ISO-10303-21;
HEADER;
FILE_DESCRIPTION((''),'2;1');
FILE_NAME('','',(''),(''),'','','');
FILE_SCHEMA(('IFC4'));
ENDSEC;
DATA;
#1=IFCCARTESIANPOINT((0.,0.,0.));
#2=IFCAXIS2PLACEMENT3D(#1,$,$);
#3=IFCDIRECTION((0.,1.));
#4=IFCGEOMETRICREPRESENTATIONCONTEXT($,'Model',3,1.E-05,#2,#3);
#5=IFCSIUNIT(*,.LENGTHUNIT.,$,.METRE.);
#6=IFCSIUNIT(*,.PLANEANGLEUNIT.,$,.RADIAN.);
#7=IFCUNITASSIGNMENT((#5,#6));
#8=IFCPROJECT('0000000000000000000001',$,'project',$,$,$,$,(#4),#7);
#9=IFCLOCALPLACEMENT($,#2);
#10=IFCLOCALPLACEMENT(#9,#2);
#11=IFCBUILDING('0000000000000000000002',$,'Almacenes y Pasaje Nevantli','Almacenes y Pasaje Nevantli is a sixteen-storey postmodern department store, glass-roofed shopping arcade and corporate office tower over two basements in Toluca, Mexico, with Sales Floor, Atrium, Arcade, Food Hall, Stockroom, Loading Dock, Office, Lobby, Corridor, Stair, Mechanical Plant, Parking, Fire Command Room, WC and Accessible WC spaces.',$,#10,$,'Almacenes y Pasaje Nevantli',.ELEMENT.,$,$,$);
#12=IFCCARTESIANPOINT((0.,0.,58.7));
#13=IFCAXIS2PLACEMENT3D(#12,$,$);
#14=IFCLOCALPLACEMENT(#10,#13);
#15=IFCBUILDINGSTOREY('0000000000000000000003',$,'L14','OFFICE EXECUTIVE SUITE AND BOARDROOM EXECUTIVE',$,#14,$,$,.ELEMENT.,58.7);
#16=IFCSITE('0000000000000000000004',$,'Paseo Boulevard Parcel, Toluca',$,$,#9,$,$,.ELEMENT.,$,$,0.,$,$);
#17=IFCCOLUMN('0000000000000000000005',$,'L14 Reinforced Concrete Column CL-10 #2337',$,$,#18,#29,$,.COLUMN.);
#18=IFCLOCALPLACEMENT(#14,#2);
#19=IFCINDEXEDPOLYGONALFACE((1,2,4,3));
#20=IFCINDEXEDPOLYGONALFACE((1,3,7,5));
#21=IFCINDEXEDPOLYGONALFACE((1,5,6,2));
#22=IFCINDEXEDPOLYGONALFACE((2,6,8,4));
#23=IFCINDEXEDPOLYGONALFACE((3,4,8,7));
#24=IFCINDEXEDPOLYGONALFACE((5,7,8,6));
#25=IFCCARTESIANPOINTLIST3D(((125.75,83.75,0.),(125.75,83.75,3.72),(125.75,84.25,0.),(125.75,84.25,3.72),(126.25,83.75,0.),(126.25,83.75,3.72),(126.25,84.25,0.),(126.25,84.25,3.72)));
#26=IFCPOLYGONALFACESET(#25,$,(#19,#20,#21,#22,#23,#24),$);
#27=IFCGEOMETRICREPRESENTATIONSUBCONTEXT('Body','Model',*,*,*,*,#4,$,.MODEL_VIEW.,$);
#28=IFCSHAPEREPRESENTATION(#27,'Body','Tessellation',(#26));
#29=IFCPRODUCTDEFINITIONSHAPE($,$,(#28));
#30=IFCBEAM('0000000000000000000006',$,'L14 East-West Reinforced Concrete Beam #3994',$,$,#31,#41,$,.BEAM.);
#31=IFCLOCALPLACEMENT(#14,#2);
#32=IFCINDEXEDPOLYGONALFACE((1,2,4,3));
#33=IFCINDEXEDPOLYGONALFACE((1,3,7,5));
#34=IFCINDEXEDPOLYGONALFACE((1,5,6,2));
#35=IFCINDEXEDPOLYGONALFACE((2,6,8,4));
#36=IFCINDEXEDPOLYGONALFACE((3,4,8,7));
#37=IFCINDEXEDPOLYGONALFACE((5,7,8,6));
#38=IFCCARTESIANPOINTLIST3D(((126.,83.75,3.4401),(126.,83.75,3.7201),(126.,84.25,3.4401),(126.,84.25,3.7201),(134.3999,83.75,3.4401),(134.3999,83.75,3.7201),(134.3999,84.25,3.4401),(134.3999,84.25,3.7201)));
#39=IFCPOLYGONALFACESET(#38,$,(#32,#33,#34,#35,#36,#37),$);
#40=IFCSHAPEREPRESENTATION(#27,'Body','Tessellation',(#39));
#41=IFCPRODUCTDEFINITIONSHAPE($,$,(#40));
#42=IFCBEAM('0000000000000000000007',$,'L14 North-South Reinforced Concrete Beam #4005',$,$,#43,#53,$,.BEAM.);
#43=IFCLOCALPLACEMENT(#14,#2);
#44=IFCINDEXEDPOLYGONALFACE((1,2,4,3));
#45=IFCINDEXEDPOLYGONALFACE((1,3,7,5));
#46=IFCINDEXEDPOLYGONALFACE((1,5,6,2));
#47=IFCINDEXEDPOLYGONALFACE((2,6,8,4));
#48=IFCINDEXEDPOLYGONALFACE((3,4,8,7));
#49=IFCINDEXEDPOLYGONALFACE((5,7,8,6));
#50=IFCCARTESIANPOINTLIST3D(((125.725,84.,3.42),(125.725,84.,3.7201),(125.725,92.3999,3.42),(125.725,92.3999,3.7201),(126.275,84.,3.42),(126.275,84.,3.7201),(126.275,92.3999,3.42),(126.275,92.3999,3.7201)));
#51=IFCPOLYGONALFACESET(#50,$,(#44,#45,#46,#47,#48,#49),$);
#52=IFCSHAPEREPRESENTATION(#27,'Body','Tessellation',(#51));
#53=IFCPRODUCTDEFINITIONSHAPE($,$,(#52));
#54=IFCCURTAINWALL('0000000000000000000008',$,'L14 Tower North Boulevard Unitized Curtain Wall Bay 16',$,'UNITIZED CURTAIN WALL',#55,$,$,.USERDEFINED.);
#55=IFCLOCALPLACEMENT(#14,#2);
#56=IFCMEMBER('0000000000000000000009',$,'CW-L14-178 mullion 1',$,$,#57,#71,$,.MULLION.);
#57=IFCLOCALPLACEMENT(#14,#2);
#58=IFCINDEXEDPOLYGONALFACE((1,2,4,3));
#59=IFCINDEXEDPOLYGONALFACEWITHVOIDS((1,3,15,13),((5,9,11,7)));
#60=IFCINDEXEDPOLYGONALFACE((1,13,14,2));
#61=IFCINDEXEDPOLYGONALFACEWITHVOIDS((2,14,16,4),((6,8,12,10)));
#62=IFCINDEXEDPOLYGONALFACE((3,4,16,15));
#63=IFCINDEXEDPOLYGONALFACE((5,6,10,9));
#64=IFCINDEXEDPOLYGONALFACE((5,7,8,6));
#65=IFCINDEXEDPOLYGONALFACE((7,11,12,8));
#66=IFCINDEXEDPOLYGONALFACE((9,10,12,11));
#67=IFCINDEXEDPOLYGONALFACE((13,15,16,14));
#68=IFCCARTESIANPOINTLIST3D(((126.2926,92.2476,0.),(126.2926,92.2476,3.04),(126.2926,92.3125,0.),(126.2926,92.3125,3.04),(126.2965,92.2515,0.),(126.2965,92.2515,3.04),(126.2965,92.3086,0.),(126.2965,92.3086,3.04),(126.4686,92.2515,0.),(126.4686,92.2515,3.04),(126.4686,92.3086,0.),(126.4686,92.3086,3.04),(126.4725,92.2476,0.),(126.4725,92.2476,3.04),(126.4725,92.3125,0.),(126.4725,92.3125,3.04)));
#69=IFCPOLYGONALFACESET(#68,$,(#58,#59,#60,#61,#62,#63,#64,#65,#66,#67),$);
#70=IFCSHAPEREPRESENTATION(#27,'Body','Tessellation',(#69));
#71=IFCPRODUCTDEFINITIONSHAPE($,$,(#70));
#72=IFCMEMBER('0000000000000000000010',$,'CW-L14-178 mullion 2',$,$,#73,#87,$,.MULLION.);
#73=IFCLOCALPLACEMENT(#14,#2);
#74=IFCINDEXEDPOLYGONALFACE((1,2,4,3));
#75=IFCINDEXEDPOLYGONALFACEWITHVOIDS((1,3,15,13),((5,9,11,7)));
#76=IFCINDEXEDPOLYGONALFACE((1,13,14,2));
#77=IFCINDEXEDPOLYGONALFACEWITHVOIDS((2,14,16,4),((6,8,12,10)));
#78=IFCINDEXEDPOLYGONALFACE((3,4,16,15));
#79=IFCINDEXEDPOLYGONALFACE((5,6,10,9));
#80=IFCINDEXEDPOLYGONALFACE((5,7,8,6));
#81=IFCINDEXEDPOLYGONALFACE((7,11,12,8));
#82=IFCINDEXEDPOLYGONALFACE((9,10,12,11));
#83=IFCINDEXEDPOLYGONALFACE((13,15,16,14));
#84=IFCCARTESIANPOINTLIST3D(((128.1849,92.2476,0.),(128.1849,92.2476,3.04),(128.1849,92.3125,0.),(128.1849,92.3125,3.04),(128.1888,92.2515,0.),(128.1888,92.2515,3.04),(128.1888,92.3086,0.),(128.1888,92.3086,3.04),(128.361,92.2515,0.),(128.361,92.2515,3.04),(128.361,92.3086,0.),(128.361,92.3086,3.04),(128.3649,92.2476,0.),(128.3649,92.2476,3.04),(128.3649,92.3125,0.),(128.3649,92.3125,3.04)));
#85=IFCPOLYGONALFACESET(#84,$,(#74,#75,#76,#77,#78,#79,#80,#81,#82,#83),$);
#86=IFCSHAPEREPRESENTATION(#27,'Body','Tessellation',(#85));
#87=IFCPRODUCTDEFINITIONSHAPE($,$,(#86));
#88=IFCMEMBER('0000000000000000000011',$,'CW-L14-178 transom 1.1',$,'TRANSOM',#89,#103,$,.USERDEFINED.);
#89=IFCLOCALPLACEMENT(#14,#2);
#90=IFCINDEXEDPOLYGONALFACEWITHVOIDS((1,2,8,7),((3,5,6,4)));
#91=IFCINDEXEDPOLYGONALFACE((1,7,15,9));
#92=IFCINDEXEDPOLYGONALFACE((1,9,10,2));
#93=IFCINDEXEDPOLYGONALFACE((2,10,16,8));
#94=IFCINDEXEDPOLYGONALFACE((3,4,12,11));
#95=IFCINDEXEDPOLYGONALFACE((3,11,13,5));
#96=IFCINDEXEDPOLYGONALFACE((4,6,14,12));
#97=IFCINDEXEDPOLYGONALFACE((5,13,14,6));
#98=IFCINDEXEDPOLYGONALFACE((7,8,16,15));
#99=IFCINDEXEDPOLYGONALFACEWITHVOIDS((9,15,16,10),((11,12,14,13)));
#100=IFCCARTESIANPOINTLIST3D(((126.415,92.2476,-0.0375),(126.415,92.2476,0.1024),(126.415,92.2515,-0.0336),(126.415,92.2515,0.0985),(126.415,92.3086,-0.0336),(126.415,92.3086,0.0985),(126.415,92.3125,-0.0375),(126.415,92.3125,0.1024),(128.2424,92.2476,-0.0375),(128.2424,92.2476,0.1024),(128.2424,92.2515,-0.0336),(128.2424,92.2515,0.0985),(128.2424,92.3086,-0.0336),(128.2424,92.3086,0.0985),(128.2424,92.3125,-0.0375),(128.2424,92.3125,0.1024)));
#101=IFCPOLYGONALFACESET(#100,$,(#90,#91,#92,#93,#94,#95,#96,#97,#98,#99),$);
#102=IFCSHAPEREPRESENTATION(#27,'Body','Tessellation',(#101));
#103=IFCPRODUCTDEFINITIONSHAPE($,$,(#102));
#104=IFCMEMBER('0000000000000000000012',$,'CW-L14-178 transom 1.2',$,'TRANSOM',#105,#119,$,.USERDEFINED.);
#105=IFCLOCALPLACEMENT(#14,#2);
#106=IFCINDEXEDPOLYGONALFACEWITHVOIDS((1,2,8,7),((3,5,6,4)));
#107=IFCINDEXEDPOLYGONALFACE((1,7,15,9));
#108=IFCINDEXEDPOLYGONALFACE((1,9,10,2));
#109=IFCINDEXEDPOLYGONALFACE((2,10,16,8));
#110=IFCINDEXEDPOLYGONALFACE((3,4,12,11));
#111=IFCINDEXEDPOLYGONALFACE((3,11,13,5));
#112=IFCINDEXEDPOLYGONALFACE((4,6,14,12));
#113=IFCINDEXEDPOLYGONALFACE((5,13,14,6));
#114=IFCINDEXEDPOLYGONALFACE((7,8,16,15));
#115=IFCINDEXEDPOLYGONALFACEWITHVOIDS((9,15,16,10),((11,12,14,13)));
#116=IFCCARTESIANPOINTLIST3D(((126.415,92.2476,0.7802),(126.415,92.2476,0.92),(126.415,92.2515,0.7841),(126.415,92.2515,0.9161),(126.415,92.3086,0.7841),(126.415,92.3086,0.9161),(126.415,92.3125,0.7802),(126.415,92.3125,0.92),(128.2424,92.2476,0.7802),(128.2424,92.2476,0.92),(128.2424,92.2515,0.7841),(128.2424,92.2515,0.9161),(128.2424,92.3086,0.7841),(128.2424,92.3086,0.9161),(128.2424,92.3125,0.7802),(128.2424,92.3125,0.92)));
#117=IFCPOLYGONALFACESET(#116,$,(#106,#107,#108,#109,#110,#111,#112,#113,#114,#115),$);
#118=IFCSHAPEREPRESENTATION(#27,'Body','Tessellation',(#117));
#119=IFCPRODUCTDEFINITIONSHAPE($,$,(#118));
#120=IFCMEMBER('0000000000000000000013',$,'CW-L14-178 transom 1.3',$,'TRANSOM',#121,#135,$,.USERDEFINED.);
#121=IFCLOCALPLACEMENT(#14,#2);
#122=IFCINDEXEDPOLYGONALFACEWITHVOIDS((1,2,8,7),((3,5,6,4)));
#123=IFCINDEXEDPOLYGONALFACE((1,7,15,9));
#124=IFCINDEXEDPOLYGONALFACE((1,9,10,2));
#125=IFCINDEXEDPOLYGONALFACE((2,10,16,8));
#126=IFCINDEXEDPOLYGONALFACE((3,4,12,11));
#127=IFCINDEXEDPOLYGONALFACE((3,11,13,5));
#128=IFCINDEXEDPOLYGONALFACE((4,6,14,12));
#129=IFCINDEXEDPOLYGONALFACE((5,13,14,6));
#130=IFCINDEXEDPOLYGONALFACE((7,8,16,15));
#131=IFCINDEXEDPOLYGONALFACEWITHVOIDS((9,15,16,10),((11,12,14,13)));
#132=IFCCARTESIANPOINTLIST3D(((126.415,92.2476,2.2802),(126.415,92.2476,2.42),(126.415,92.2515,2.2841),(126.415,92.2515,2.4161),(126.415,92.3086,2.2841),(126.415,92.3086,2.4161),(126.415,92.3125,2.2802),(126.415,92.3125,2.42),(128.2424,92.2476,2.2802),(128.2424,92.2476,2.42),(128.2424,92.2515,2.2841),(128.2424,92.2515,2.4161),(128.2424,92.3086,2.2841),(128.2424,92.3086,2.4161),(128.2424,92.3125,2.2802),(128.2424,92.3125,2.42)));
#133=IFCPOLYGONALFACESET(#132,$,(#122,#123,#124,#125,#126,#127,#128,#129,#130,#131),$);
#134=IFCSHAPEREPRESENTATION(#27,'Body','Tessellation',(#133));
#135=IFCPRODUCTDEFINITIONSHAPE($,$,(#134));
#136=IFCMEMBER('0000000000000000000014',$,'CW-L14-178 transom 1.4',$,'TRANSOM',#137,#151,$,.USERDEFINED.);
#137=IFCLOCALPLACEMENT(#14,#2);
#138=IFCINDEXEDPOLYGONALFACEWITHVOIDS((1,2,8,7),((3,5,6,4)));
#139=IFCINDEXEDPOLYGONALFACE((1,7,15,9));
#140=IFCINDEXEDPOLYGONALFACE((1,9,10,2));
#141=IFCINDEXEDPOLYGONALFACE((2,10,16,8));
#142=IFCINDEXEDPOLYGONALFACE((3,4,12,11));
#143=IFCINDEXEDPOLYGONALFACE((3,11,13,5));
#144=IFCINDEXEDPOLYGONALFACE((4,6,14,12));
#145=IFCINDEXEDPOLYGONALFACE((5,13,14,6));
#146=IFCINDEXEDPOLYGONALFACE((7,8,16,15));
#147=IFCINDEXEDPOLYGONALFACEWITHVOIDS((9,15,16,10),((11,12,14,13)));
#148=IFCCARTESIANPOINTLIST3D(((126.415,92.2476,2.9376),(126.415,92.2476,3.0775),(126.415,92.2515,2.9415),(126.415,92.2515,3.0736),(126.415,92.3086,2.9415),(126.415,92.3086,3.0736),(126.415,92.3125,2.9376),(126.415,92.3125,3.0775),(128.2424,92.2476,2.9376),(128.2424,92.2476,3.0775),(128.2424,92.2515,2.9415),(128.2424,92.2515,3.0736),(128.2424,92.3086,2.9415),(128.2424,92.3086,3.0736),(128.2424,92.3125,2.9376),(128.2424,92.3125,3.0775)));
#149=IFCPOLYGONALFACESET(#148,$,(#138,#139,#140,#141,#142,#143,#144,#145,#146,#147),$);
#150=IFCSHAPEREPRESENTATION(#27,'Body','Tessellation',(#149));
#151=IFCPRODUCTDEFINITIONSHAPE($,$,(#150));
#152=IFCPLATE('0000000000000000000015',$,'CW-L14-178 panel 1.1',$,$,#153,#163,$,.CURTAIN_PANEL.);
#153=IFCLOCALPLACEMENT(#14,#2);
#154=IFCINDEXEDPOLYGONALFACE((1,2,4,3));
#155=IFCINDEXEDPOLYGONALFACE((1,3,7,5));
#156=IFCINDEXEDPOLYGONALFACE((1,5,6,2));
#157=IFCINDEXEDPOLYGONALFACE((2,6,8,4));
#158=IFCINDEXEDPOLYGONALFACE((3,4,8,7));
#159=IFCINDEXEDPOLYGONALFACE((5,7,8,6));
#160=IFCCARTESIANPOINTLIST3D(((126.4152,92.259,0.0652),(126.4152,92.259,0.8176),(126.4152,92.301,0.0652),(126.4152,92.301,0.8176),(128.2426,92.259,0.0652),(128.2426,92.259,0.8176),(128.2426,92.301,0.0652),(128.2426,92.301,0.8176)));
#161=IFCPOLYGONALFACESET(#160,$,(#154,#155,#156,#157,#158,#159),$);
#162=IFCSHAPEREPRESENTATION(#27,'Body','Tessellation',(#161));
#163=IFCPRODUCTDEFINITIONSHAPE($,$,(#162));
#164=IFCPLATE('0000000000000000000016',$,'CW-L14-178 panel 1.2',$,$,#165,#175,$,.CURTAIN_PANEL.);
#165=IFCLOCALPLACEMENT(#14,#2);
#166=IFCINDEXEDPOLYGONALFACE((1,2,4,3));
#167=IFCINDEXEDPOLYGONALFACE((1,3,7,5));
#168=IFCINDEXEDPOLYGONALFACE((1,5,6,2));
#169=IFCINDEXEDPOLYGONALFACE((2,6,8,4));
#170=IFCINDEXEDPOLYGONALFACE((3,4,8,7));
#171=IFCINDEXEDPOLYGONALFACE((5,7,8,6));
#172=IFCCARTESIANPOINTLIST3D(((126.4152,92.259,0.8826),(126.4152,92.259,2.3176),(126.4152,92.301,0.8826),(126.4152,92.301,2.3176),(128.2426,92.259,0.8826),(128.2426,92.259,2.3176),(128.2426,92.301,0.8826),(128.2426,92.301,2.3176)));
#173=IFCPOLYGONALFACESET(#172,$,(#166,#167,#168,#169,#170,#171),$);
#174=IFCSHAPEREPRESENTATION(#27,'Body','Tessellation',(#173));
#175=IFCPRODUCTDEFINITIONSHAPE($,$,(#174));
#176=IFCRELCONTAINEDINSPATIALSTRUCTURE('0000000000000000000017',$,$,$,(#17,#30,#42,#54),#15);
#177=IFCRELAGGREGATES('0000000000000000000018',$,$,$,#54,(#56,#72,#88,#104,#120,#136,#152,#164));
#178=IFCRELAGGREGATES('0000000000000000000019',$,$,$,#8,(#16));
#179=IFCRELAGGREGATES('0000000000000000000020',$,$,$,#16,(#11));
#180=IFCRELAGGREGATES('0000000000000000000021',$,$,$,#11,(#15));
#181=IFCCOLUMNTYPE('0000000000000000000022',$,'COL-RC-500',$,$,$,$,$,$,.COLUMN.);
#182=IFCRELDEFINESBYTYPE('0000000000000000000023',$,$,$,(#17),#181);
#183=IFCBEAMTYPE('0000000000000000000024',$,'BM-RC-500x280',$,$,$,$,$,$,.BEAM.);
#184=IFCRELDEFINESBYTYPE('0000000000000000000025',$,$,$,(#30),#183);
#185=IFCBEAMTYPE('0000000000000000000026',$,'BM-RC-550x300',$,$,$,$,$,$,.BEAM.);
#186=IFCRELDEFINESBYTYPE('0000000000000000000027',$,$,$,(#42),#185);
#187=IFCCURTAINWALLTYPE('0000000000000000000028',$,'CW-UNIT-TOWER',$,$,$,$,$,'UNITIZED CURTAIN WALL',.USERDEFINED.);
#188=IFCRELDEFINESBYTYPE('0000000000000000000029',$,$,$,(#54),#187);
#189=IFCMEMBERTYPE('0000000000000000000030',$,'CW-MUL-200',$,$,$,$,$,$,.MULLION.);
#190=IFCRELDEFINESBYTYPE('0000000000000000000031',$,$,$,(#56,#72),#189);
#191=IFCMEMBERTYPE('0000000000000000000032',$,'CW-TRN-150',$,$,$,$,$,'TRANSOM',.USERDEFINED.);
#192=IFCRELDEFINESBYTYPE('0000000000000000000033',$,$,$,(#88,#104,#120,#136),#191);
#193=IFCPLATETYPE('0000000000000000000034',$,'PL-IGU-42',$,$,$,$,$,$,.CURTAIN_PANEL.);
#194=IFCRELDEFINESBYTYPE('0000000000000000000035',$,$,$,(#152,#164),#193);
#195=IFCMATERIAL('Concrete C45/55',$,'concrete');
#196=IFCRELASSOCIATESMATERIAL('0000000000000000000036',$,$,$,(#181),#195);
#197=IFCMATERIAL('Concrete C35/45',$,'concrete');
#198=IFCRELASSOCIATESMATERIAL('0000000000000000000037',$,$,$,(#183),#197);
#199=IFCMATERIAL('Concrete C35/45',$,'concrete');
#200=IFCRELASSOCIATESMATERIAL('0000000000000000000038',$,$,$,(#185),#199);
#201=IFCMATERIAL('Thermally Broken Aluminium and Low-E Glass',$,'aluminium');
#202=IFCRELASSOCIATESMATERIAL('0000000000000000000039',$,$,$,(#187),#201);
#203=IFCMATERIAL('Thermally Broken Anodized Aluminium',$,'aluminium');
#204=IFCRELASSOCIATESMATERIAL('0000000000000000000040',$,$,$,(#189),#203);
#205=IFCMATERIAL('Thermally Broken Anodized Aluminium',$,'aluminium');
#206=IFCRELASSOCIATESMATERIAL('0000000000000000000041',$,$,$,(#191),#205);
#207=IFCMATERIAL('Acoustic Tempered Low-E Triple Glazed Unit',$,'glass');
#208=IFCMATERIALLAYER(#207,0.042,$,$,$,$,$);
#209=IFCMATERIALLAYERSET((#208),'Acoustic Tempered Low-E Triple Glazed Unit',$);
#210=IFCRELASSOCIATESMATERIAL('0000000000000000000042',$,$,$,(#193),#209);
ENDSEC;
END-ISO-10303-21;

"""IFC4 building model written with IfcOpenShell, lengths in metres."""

from ifc_helpers import new_model, si_unit, direction, frame, origin, origin_2d, place, context, subcontext, project, spatial, rectangle, hollow_rectangle, extrude, material, layer, layer_set, material_profile, profile_set, type_object, element, aggregate, save


model = new_model("IFC4")

# Units and contexts
model_context = context("Model", 3, precision=1e-05, world=origin(), true_north=direction((0.0, 1.0)))
body_context = subcontext(model_context, "Body", "Model", "MODEL_VIEW")
ifc_project = project(units=[si_unit("LENGTHUNIT", "METRE"), si_unit("PLANEANGLEUNIT", "RADIAN")], contexts=[model_context])

# Site, building, storey
site_placement = place(None, origin())
site = spatial("IfcSite", under=ifc_project, at=site_placement, Name="Paseo Boulevard Parcel, Toluca", CompositionType="ELEMENT", RefElevation=0.0)
building_placement = place(site_placement, origin())
building = spatial("IfcBuilding", under=site, at=building_placement, Name="Almacenes y Pasaje Nevantli", Description="Almacenes y Pasaje Nevantli is a sixteen-storey postmodern department store, glass-roofed shopping arcade and corporate office tower over two basements in Toluca, Mexico, with Sales Floor, Atrium, Arcade, Food Hall, Stockroom, Loading Dock, Office, Lobby, Corridor, Stair, Mechanical Plant, Parking, Fire Command Room, WC and Accessible WC spaces.", LongName="Almacenes y Pasaje Nevantli", CompositionType="ELEMENT")
storey_placement = place(building_placement, frame((0.0, 0.0, 58.7)))
storey = spatial("IfcBuildingStorey", under=building, at=storey_placement, Name="L14", Description="OFFICE EXECUTIVE SUITE AND BOARDROOM EXECUTIVE", CompositionType="ELEMENT", Elevation=58.7)

# Column
ifc_material_1 = material(Name="Concrete C45/55", Category="concrete")
ifc_material_profile_1 = material_profile(ifc_material_1, rectangle(XDim=0.5, YDim=0.5, at=origin_2d()), Name="RC-COL-500x500")
ifc_profile_set_1 = profile_set([ifc_material_profile_1], Name="Concrete C45/55")
column_type = type_object("IfcColumnType", Name="COL-RC-500", PredefinedType="COLUMN", material=ifc_profile_set_1)
column_placement = place(storey_placement, frame((126.0, 84.0, 0.0), z_axis=(0.0, 0.0, 1.0), x_axis=(1.0, 0.0, 0.0)))
element("IfcColumn", 1, at=column_placement, inside=storey, type_object=column_type, Name="L14 Reinforced Concrete Column CL-10 #2337", PredefinedType="COLUMN", context=body_context, shape_type="SweptSolid", body=[
    extrude(rectangle(XDim=0.5, YDim=0.5, at=origin_2d()), origin(), (0.0, 0.0, 1.0), 3.72),
])

# Beams
ifc_material_2 = material(Name="Concrete C35/45", Category="concrete")
ifc_material_profile_2 = material_profile(ifc_material_2, rectangle(XDim=0.5, YDim=0.28, at=origin_2d()), Name="RC-BM-500x280")
ifc_profile_set_2 = profile_set([ifc_material_profile_2], Name="Concrete C35/45")
beam_type_1 = type_object("IfcBeamType", Name="BM-RC-500x280", PredefinedType="BEAM", material=ifc_profile_set_2)
beam_1_placement = place(storey_placement, frame((126.0, 84.0, 3.5801), z_axis=(1.0, 0.0, 0.0), x_axis=(0.0, 1.0, 0.0)))
element("IfcBeam", 2, at=beam_1_placement, inside=storey, type_object=beam_type_1, Name="L14 East-West Reinforced Concrete Beam #3994", PredefinedType="BEAM", context=body_context, shape_type="SweptSolid", body=[
    extrude(rectangle(XDim=0.5, YDim=0.28, at=origin_2d()), origin(), (0.0, 0.0, 1.0), 8.3999),
])
ifc_material_3 = material(Name="Concrete C35/45", Category="concrete")
ifc_material_profile_3 = material_profile(ifc_material_3, rectangle(XDim=0.55, YDim=0.3, at=origin_2d()), Name="RC-BM-550x300")
ifc_profile_set_3 = profile_set([ifc_material_profile_3], Name="Concrete C35/45")
beam_type_2 = type_object("IfcBeamType", Name="BM-RC-550x300", PredefinedType="BEAM", material=ifc_profile_set_3)
beam_2_placement = place(storey_placement, frame((126.0, 84.0, 3.5701), z_axis=(0.0, 1.0, 0.0), x_axis=(-1.0, 0.0, 0.0)))
element("IfcBeam", 3, at=beam_2_placement, inside=storey, type_object=beam_type_2, Name="L14 North-South Reinforced Concrete Beam #4005", PredefinedType="BEAM", context=body_context, shape_type="SweptSolid", body=[
    extrude(rectangle(XDim=0.55, YDim=0.3, at=origin_2d()), origin(), (0.0, 0.0, 1.0), 8.3999),
])

# Curtain wall, members, plates
ifc_material_4 = material(Name="Thermally Broken Aluminium and Low-E Glass", Category="aluminium")
curtain_wall_type = type_object("IfcCurtainWallType", Name="CW-UNIT-TOWER", ElementType="UNITIZED CURTAIN WALL", PredefinedType="USERDEFINED", material=ifc_material_4)
curtain_wall_placement = place(storey_placement, origin())
curtain_wall = element("IfcCurtainWall", 4, at=curtain_wall_placement, inside=storey, type_object=curtain_wall_type, Name="L14 Tower North Boulevard Unitized Curtain Wall Bay 16", ObjectType="UNITIZED CURTAIN WALL", PredefinedType="USERDEFINED")
ifc_material_5 = material(Name="Thermally Broken Anodized Aluminium", Category="aluminium")
ifc_material_profile_4 = material_profile(ifc_material_5, hollow_rectangle(XDim=0.0649, YDim=0.1799, WallThickness=0.0039, at=origin_2d()), Name="ALU-MUL-65x180")
ifc_profile_set_4 = profile_set([ifc_material_profile_4], Name="Thermally Broken Anodized Aluminium")
member_type_1 = type_object("IfcMemberType", Name="CW-MUL-200", PredefinedType="MULLION", material=ifc_profile_set_4)
member_1_placement = place(storey_placement, frame((126.3826, 92.28, 0.0), z_axis=(0.0, 0.0, 1.0), x_axis=(0.0, 1.0, 0.0)))
member_1 = element("IfcMember", 5, at=member_1_placement, type_object=member_type_1, Name="CW-L14-178 mullion 1", PredefinedType="MULLION", context=body_context, shape_type="SweptSolid", body=[
    extrude(hollow_rectangle(XDim=0.0649, YDim=0.1799, WallThickness=0.0039, at=origin_2d()), origin(), (0.0, 0.0, 1.0), 3.04),
])
member_2_placement = place(storey_placement, frame((128.2749, 92.28, 0.0), z_axis=(0.0, 0.0, 1.0), x_axis=(0.0, 1.0, 0.0)))
member_2 = element("IfcMember", 6, at=member_2_placement, type_object=member_type_1, Name="CW-L14-178 mullion 2", PredefinedType="MULLION", context=body_context, shape_type="SweptSolid", body=[
    extrude(hollow_rectangle(XDim=0.0649, YDim=0.1799, WallThickness=0.0039, at=origin_2d()), origin(), (0.0, 0.0, 1.0), 3.04),
])
ifc_material_6 = material(Name="Thermally Broken Anodized Aluminium", Category="aluminium")
ifc_material_profile_5 = material_profile(ifc_material_6, hollow_rectangle(XDim=0.0649, YDim=0.1399, WallThickness=0.0039, at=origin_2d()), Name="ALU-TRN-65x140")
ifc_profile_set_5 = profile_set([ifc_material_profile_5], Name="Thermally Broken Anodized Aluminium")
member_type_2 = type_object("IfcMemberType", Name="CW-TRN-150", ElementType="TRANSOM", PredefinedType="USERDEFINED", material=ifc_profile_set_5)
member_3_placement = place(storey_placement, frame((126.415, 92.28, 0.0325), z_axis=(1.0, 0.0, 0.0), x_axis=(0.0, 1.0, 0.0)))
member_3 = element("IfcMember", 7, at=member_3_placement, type_object=member_type_2, Name="CW-L14-178 transom 1.1", ObjectType="TRANSOM", PredefinedType="USERDEFINED", context=body_context, shape_type="SweptSolid", body=[
    extrude(hollow_rectangle(XDim=0.0649, YDim=0.1399, WallThickness=0.0039, at=origin_2d()), origin(), (0.0, 0.0, 1.0), 1.8274),
])
member_4_placement = place(storey_placement, frame((126.415, 92.28, 0.8501), z_axis=(1.0, 0.0, 0.0), x_axis=(0.0, 1.0, 0.0)))
member_4 = element("IfcMember", 8, at=member_4_placement, type_object=member_type_2, Name="CW-L14-178 transom 1.2", ObjectType="TRANSOM", PredefinedType="USERDEFINED", context=body_context, shape_type="SweptSolid", body=[
    extrude(hollow_rectangle(XDim=0.0649, YDim=0.1399, WallThickness=0.0039, at=origin_2d()), origin(), (0.0, 0.0, 1.0), 1.8274),
])
member_5_placement = place(storey_placement, frame((126.415, 92.28, 2.3501), z_axis=(1.0, 0.0, 0.0), x_axis=(0.0, 1.0, 0.0)))
member_5 = element("IfcMember", 9, at=member_5_placement, type_object=member_type_2, Name="CW-L14-178 transom 1.3", ObjectType="TRANSOM", PredefinedType="USERDEFINED", context=body_context, shape_type="SweptSolid", body=[
    extrude(hollow_rectangle(XDim=0.0649, YDim=0.1399, WallThickness=0.0039, at=origin_2d()), origin(), (0.0, 0.0, 1.0), 1.8274),
])
member_6_placement = place(storey_placement, frame((126.415, 92.28, 3.0076), z_axis=(1.0, 0.0, 0.0), x_axis=(0.0, 1.0, 0.0)))
member_6 = element("IfcMember", 10, at=member_6_placement, type_object=member_type_2, Name="CW-L14-178 transom 1.4", ObjectType="TRANSOM", PredefinedType="USERDEFINED", context=body_context, shape_type="SweptSolid", body=[
    extrude(hollow_rectangle(XDim=0.0649, YDim=0.1399, WallThickness=0.0039, at=origin_2d()), origin(), (0.0, 0.0, 1.0), 1.8274),
])
ifc_material_7 = material(Name="Acoustic Tempered Low-E Triple Glazed Unit", Category="glass")
ifc_layer_1 = layer(ifc_material_7, 0.042)
ifc_layer_set_1 = layer_set([ifc_layer_1], Name="Acoustic Tempered Low-E Triple Glazed Unit")
plate_type = type_object("IfcPlateType", Name="PL-IGU-42", PredefinedType="CURTAIN_PANEL", material=ifc_layer_set_1)
plate_1_placement = place(storey_placement, frame((127.3289, 92.28, 0.0652), z_axis=(0.0, 0.0, 1.0), x_axis=(1.0, 0.0, 0.0)))
plate_1 = element("IfcPlate", 11, at=plate_1_placement, type_object=plate_type, Name="CW-L14-178 panel 1.1", PredefinedType="CURTAIN_PANEL", context=body_context, shape_type="SweptSolid", body=[
    extrude(rectangle(XDim=1.8274, YDim=0.042, at=origin_2d()), origin(), (0.0, 0.0, 1.0), 0.7524),
])
plate_2_placement = place(storey_placement, frame((127.3289, 92.28, 0.8826), z_axis=(0.0, 0.0, 1.0), x_axis=(1.0, 0.0, 0.0)))
plate_2 = element("IfcPlate", 12, at=plate_2_placement, type_object=plate_type, Name="CW-L14-178 panel 1.2", PredefinedType="CURTAIN_PANEL", context=body_context, shape_type="SweptSolid", body=[
    extrude(rectangle(XDim=1.8274, YDim=0.042, at=origin_2d()), origin(), (0.0, 0.0, 1.0), 1.4351),
])
aggregate(curtain_wall, [member_1, member_2, member_3, member_4, member_5, member_6, plate_1, plate_2])

save(model, "model.ifc")
